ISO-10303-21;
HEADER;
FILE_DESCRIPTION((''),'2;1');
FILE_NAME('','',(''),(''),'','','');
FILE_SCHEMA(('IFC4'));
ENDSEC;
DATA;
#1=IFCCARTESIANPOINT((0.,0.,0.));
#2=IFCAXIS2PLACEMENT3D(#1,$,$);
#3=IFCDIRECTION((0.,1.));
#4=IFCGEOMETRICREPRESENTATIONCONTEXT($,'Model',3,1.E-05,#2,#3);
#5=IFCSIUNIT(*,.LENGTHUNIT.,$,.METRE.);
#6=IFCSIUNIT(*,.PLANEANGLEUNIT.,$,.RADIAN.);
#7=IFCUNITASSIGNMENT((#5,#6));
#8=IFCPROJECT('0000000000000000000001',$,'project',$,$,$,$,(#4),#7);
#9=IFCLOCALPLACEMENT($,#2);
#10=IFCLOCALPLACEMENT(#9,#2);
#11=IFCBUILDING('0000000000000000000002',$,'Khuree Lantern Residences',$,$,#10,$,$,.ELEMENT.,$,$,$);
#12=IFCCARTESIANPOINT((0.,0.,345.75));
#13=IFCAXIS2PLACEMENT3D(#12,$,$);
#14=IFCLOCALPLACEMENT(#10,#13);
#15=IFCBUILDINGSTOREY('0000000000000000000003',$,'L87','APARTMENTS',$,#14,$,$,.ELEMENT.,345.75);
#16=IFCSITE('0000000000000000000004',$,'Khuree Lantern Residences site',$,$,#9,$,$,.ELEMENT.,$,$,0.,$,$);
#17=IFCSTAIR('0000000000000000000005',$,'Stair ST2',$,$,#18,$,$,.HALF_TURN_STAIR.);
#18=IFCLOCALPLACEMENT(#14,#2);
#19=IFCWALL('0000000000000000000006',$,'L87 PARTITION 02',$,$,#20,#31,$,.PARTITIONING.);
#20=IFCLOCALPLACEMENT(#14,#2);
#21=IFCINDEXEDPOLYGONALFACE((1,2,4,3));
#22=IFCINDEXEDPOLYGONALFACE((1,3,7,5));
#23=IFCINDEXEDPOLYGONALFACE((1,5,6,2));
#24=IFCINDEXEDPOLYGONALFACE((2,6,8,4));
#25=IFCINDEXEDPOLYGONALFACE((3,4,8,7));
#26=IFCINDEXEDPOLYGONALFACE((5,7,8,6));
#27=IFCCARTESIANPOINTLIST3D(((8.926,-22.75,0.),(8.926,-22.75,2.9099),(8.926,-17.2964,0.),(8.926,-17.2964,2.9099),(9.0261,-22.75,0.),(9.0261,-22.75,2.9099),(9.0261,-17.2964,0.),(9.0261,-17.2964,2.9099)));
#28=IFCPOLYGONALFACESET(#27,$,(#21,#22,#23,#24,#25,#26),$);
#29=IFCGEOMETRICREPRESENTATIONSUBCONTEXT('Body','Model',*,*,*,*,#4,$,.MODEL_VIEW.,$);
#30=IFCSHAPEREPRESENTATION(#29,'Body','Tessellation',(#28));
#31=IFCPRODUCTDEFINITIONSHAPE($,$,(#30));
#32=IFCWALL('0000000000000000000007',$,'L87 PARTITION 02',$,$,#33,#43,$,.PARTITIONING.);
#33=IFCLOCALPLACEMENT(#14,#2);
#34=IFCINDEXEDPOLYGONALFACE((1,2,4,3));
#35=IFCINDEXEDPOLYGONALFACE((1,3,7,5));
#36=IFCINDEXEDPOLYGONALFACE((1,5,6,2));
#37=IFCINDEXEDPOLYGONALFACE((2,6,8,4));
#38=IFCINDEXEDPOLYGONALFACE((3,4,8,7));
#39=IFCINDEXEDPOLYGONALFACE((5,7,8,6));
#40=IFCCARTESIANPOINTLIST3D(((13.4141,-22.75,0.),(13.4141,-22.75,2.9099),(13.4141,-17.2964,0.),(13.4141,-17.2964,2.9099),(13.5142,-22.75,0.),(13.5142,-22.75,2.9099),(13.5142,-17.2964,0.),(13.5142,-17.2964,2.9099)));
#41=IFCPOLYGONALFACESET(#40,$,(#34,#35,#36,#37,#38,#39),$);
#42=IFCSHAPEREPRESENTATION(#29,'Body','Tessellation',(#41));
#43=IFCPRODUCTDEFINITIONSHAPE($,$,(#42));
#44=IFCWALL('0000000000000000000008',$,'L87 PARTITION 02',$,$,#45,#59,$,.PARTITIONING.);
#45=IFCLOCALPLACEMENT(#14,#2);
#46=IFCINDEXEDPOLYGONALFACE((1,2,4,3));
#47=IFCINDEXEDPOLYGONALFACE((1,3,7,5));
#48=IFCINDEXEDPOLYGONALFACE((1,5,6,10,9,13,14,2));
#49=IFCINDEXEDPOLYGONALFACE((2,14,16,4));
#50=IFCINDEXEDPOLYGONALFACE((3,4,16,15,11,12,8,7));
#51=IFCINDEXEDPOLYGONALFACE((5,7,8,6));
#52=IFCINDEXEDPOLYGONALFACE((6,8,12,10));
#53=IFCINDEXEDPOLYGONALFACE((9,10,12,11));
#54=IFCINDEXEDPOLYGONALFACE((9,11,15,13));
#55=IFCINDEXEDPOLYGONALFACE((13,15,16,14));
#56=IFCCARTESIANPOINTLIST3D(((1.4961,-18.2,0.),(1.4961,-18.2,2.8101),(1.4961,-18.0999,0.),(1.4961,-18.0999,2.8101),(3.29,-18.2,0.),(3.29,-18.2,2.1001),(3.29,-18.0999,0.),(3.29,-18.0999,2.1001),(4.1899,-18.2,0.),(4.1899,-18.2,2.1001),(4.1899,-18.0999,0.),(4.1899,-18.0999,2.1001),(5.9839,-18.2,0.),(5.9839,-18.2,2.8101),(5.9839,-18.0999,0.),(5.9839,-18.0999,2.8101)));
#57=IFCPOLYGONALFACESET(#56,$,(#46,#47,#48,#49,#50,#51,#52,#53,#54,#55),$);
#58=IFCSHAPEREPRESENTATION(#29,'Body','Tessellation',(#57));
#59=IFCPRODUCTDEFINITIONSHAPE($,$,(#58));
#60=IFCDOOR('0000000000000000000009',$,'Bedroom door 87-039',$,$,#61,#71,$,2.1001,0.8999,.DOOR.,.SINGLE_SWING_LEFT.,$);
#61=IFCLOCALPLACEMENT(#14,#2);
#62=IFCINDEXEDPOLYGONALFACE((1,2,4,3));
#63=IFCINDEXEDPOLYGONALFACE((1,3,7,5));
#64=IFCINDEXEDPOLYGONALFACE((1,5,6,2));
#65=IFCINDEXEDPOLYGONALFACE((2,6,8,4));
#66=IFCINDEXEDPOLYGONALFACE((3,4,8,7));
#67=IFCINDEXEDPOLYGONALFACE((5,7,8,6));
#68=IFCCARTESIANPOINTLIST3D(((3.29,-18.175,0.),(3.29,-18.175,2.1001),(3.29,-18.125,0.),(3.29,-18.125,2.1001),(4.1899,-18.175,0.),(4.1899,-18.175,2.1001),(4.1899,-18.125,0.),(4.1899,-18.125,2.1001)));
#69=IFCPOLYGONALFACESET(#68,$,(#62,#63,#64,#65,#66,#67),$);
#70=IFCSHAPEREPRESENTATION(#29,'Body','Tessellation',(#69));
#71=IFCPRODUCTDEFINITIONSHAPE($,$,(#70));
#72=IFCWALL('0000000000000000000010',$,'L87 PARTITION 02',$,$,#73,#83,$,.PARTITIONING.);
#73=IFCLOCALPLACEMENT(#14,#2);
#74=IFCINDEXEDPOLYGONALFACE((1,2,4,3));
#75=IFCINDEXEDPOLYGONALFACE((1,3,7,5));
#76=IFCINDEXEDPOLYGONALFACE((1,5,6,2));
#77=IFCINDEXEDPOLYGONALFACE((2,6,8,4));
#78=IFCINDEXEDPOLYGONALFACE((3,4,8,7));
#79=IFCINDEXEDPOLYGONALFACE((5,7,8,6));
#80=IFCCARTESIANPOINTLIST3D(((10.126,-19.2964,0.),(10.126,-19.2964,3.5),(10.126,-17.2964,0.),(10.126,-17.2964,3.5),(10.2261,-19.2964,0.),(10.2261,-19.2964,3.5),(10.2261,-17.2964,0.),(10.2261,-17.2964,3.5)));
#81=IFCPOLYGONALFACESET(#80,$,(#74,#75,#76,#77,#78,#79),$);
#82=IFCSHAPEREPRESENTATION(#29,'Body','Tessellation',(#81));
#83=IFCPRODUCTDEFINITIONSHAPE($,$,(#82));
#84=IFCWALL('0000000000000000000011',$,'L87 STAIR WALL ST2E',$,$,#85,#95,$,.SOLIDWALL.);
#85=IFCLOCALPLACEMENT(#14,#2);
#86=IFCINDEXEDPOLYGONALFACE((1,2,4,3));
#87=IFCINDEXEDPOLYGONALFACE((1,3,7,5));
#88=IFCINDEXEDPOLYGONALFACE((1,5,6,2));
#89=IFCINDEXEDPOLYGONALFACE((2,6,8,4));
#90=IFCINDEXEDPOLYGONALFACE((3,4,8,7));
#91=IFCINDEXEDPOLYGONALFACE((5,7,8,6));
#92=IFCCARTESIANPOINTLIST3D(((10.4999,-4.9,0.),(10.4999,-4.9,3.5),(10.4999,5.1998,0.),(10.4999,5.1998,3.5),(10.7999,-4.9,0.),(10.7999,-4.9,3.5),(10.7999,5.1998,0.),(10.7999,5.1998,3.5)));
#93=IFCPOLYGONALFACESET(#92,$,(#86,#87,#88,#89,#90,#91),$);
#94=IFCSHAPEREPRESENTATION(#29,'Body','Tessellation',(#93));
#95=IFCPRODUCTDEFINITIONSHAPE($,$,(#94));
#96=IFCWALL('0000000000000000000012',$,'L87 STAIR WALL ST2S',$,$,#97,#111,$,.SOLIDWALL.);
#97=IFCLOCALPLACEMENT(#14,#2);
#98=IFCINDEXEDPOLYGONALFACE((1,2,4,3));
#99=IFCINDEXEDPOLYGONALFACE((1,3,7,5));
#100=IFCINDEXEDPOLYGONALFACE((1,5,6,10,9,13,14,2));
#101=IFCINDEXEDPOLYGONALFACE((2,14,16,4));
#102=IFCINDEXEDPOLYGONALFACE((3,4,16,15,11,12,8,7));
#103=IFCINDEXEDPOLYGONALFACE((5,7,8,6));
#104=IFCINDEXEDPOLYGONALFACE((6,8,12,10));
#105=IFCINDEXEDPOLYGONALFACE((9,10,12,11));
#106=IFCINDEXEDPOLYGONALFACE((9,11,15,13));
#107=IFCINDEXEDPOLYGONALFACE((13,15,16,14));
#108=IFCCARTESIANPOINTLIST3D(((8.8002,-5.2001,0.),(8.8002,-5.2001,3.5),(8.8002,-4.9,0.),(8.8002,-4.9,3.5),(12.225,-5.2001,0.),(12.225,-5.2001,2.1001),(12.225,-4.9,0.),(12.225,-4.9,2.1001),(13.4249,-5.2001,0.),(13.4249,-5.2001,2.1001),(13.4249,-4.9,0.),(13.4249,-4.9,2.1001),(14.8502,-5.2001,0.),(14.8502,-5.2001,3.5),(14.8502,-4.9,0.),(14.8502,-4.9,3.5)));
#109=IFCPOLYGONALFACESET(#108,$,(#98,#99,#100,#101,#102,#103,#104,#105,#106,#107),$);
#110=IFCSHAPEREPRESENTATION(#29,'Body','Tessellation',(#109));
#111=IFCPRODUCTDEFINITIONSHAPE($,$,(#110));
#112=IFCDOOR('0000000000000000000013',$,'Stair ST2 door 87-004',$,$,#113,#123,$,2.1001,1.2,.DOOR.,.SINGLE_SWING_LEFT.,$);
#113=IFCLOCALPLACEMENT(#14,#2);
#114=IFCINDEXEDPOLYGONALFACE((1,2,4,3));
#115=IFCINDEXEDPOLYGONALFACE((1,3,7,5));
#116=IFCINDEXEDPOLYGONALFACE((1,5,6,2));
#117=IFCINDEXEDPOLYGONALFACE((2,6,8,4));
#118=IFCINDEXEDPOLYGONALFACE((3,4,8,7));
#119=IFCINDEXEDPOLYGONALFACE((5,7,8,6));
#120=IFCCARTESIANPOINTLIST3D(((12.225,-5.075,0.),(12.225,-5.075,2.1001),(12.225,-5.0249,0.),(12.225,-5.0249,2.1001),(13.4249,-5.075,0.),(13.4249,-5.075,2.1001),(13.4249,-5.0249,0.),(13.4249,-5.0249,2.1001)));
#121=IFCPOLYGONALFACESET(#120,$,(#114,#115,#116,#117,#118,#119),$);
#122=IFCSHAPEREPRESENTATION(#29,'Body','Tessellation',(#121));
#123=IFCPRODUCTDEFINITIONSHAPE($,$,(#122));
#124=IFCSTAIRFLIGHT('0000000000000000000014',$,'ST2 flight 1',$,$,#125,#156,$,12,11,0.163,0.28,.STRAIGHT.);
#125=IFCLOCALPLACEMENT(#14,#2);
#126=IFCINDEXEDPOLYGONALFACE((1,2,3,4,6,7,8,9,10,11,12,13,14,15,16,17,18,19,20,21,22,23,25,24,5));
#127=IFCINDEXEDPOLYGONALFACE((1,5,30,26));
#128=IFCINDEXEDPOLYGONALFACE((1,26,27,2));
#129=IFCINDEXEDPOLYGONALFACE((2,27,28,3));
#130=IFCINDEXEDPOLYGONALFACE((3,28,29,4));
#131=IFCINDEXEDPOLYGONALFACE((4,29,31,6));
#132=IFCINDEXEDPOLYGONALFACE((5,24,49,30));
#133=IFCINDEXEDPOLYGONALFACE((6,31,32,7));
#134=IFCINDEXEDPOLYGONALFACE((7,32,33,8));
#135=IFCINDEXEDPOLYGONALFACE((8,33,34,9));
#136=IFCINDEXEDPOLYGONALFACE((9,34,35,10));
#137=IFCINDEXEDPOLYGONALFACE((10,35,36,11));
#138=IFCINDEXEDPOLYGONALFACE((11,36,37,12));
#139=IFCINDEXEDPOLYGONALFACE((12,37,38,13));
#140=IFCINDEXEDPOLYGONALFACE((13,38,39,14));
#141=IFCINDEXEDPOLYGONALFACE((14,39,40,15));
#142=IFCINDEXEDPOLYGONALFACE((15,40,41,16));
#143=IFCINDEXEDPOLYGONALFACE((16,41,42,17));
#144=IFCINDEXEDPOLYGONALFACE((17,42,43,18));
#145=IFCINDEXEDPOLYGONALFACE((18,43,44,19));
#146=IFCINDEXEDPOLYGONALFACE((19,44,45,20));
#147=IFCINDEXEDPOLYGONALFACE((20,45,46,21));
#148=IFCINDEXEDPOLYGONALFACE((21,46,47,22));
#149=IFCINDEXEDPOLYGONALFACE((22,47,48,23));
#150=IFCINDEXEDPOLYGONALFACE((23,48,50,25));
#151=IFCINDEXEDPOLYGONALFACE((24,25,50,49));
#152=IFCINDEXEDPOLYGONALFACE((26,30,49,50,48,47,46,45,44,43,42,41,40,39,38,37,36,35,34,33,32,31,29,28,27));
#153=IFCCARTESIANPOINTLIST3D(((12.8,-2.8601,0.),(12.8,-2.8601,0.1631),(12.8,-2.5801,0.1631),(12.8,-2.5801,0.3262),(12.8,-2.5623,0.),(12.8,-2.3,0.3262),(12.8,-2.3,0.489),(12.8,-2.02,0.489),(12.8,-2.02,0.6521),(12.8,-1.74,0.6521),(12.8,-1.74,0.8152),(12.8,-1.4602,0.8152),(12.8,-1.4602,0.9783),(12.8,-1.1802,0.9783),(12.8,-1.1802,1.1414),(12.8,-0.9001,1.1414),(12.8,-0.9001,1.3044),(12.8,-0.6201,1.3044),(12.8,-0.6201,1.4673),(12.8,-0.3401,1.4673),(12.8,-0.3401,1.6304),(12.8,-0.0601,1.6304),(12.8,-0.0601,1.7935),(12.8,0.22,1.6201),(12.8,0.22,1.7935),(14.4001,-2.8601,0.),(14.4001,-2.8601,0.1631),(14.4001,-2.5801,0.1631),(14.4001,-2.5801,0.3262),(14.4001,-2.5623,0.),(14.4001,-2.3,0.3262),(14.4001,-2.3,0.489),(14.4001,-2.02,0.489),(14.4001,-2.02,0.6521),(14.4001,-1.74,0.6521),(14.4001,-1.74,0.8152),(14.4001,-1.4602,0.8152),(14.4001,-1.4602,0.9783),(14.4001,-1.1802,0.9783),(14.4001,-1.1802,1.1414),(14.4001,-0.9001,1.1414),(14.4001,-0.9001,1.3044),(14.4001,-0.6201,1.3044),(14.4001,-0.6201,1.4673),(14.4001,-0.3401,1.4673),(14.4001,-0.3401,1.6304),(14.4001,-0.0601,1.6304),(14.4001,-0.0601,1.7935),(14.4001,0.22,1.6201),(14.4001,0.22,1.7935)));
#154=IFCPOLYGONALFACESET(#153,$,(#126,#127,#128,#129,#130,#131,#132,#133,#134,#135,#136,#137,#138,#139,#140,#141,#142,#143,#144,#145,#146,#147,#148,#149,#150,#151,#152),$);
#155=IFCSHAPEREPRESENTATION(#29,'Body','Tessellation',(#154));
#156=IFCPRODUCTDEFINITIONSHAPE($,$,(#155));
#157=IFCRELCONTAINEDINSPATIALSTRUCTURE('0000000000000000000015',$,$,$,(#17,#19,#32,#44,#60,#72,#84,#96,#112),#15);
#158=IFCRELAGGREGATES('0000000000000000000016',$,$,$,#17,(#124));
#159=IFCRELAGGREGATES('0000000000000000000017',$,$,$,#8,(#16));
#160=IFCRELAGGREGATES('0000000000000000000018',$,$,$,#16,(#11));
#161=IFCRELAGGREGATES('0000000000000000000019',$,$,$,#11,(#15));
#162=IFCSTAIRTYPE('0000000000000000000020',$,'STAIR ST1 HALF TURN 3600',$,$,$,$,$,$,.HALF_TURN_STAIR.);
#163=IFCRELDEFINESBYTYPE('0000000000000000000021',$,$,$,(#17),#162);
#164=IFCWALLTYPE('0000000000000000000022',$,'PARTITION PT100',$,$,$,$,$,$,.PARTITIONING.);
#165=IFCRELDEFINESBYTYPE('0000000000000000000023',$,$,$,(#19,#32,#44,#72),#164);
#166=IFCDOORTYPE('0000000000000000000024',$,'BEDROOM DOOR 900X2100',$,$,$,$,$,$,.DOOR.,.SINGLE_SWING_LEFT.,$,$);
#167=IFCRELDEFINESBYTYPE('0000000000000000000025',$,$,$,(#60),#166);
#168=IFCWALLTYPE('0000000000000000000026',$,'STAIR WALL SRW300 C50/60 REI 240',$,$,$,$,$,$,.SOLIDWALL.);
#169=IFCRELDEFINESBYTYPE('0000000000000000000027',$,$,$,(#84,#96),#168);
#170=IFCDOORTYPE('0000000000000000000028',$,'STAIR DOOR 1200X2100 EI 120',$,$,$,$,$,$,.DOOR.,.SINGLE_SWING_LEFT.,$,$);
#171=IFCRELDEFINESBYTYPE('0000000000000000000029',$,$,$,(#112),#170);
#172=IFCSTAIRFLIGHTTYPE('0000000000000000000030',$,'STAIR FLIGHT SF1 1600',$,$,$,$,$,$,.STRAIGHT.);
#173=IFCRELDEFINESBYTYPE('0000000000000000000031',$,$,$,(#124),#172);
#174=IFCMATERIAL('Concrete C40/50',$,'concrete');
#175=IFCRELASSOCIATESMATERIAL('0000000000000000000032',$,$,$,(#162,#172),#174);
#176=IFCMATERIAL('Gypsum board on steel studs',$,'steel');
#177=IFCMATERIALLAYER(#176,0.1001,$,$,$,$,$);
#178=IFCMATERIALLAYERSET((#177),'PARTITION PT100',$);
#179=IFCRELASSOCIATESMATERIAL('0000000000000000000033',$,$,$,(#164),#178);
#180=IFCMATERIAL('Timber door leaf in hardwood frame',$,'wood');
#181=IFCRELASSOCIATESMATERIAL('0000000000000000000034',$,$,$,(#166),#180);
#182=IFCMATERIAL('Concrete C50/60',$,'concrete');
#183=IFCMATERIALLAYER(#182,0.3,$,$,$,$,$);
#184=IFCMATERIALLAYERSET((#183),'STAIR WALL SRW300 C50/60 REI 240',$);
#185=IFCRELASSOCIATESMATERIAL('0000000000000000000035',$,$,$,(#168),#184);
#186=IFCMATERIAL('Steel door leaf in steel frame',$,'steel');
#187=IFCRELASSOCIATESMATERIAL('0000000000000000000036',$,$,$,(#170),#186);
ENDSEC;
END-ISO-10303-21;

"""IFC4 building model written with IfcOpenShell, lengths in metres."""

from ifc_helpers import new_model, si_unit, direction, frame, frame_2d, origin, place, context, subcontext, project, spatial, polyline, rectangle, outline, extrude, material, layer, layer_set, type_object, element, fill, aggregate, save


model = new_model("IFC4")

# Units and contexts
model_context = context("Model", 3, precision=1e-05, world=origin(), true_north=direction((0.0, 1.0)))
body_context = subcontext(model_context, "Body", "Model", "MODEL_VIEW")
ifc_project = project(units=[si_unit("LENGTHUNIT", "METRE"), si_unit("PLANEANGLEUNIT", "RADIAN")], contexts=[model_context])

# Site, building, storey
site_placement = place(None, origin())
site = spatial("IfcSite", under=ifc_project, at=site_placement, Name="Khuree Lantern Residences site", CompositionType="ELEMENT", RefElevation=0.0)
building_placement = place(site_placement, origin())
building = spatial("IfcBuilding", under=site, at=building_placement, Name="Khuree Lantern Residences", CompositionType="ELEMENT")
storey_placement = place(building_placement, frame((0.0, 0.0, 345.75)))
storey = spatial("IfcBuildingStorey", under=building, at=storey_placement, Name="L87", Description="APARTMENTS", CompositionType="ELEMENT", Elevation=345.75)

# Shared definitions
ifc_material_1 = material(Name="Concrete C40/50", Category="concrete")
stair_type = type_object("IfcStairType", Name="STAIR ST1 HALF TURN 3600", PredefinedType="HALF_TURN_STAIR", material=ifc_material_1)

# Stair
stair_1_placement = place(storey_placement, origin())
stair_1 = element("IfcStair", 1, at=stair_1_placement, inside=storey, type_object=stair_type, Name="Stair ST2", PredefinedType="HALF_TURN_STAIR")

# Shared definitions
ifc_material_2 = material(Name="Timber door leaf in hardwood frame", Category="wood")

# Walls
ifc_material_3 = material(Name="Gypsum board on steel studs", Category="steel")
ifc_layer_1 = layer(ifc_material_3, 0.1001)
ifc_layer_set_1 = layer_set([ifc_layer_1], Name="PARTITION PT100")
wall_type_1 = type_object("IfcWallType", Name="PARTITION PT100", PredefinedType="PARTITIONING", material=ifc_layer_set_1)
for number, where, z_axis, x_axis, name in (
    (2, (8.9761, -17.2964, 0.0), (0.0, 0.0, 1.0), (0.0, -1.0, 0.0), "L87 PARTITION 02"),
    (3, (13.4641, -17.2964, 0.0), (0.0, 0.0, 1.0), (0.0, -1.0, 0.0), "L87 PARTITION 02"),
):
    element("IfcWall", number, at=place(storey_placement, frame(where, z_axis=z_axis, x_axis=x_axis)), inside=storey, type_object=wall_type_1, Name=name, PredefinedType="PARTITIONING", context=body_context, shape_type="SweptSolid", body=[
        extrude(rectangle(XDim=5.4536, YDim=0.1001, at=frame_2d((2.7268, 0.0))), origin(), (0.0, 0.0, 1.0), 2.9099),
    ])

# Wall, opening, door
wall_1_placement = place(storey_placement, frame((1.4961, -18.1499, 0.0), z_axis=(0.0, 0.0, 1.0), x_axis=(1.0, 0.0, 0.0)))
wall_1 = element("IfcWall", 4, at=wall_1_placement, inside=storey, type_object=wall_type_1, Name="L87 PARTITION 02", PredefinedType="PARTITIONING", context=body_context, shape_type="SweptSolid", body=[
    extrude(rectangle(XDim=4.4878, YDim=0.1001, at=frame_2d((2.2439, 0.0))), origin(), (0.0, 0.0, 1.0), 2.8101),
])
opening_1_placement = place(wall_1_placement, frame((1.7939, 0.0, 0.0)))
opening_1 = element("IfcOpeningElement", 5, at=opening_1_placement, cuts=wall_1, PredefinedType="OPENING", context=body_context, shape_type="SweptSolid", body=[
    extrude(rectangle(XDim=0.8999, YDim=2.1001, at=frame_2d((0.45, 1.05))), frame((0.0, 0.0601, 0.0), z_axis=(0.0, -1.0, 0.0), x_axis=(1.0, 0.0, 0.0)), (0.0, 0.0, 1.0), 0.1201),
])
door_type_1 = type_object("IfcDoorType", Name="BEDROOM DOOR 900X2100", OperationType="SINGLE_SWING_LEFT", PredefinedType="DOOR", material=ifc_material_2)
door_1_placement = place(opening_1_placement, origin())
door_1 = element("IfcDoor", 6, at=door_1_placement, inside=storey, type_object=door_type_1, Name="Bedroom door 87-039", OperationType="SINGLE_SWING_LEFT", OverallHeight=2.1001, OverallWidth=0.8999, PredefinedType="DOOR", context=body_context, shape_type="SweptSolid", body=[
    extrude(rectangle(XDim=0.8999, YDim=2.1001, at=frame_2d((0.45, 1.05))), frame((0.0, 0.0249, 0.0), z_axis=(0.0, -1.0, 0.0), x_axis=(1.0, 0.0, 0.0)), (0.0, 0.0, 1.0), 0.05),
])
fill(opening_1, door_1)

# Walls
wall_2_placement = place(storey_placement, frame((10.176, -17.2964, 0.0), z_axis=(0.0, 0.0, 1.0), x_axis=(0.0, -1.0, 0.0)))
element("IfcWall", 7, at=wall_2_placement, inside=storey, type_object=wall_type_1, Name="L87 PARTITION 02", PredefinedType="PARTITIONING", context=body_context, shape_type="SweptSolid", body=[
    extrude(rectangle(XDim=2.0, YDim=0.1001, at=frame_2d((1.0, 0.0))), origin(), (0.0, 0.0, 1.0), 3.5),
])
ifc_material_4 = material(Name="Concrete C50/60", Category="concrete")
ifc_layer_2 = layer(ifc_material_4, 0.3)
ifc_layer_set_2 = layer_set([ifc_layer_2], Name="STAIR WALL SRW300 C50/60 REI 240")
wall_type_2 = type_object("IfcWallType", Name="STAIR WALL SRW300 C50/60 REI 240", PredefinedType="SOLIDWALL", material=ifc_layer_set_2)
wall_3_placement = place(storey_placement, frame((10.6499, -4.8999, 0.0), z_axis=(0.0, 0.0, 1.0), x_axis=(0.0, 1.0, 0.0)))
element("IfcWall", 8, at=wall_3_placement, inside=storey, type_object=wall_type_2, Name="L87 STAIR WALL ST2E", PredefinedType="SOLIDWALL", context=body_context, shape_type="SweptSolid", body=[
    extrude(rectangle(XDim=10.0999, YDim=0.3, at=frame_2d((5.0498, 0.0))), origin(), (0.0, 0.0, 1.0), 3.5),
])

# Wall, opening, door
wall_4_placement = place(storey_placement, frame((14.8501, -5.05, 0.0), z_axis=(0.0, 0.0, 1.0), x_axis=(-1.0, 0.0, 0.0)))
wall_4 = element("IfcWall", 9, at=wall_4_placement, inside=storey, type_object=wall_type_2, Name="L87 STAIR WALL ST2S", PredefinedType="SOLIDWALL", context=body_context, shape_type="SweptSolid", body=[
    extrude(rectangle(XDim=6.05, YDim=0.3, at=frame_2d((3.0249, 0.0))), origin(), (0.0, 0.0, 1.0), 3.5),
])
opening_2_placement = place(wall_4_placement, frame((1.425, 0.0, 0.0)))
opening_2 = element("IfcOpeningElement", 10, at=opening_2_placement, cuts=wall_4, PredefinedType="OPENING", context=body_context, shape_type="SweptSolid", body=[
    extrude(rectangle(XDim=1.2, YDim=2.1001, at=frame_2d((0.6001, 1.05))), frame((0.0, 0.1602, 0.0), z_axis=(0.0, -1.0, 0.0), x_axis=(1.0, 0.0, 0.0)), (0.0, 0.0, 1.0), 0.3201),
])
ifc_material_5 = material(Name="Steel door leaf in steel frame", Category="steel")
door_type_2 = type_object("IfcDoorType", Name="STAIR DOOR 1200X2100 EI 120", OperationType="SINGLE_SWING_LEFT", PredefinedType="DOOR", material=ifc_material_5)
door_2_placement = place(opening_2_placement, origin())
door_2 = element("IfcDoor", 11, at=door_2_placement, inside=storey, type_object=door_type_2, Name="Stair ST2 door 87-004", OperationType="SINGLE_SWING_LEFT", OverallHeight=2.1001, OverallWidth=1.2, PredefinedType="DOOR", context=body_context, shape_type="SweptSolid", body=[
    extrude(rectangle(XDim=1.2, YDim=2.1001, at=frame_2d((0.6001, 1.05))), frame((0.0, 0.0249, 0.0), z_axis=(0.0, -1.0, 0.0), x_axis=(1.0, 0.0, 0.0)), (0.0, 0.0, 1.0), 0.05),
])
fill(opening_2, door_2)

# Stair flight
stair_flight_type = type_object("IfcStairFlightType", Name="STAIR FLIGHT SF1 1600", PredefinedType="STRAIGHT", material=ifc_material_1)
stair_flight_1_placement = place(storey_placement, frame((13.6001, -2.8601, 0.0), z_axis=(0.0, 0.0, 1.0), x_axis=(0.0, 1.0, 0.0)))
stair_flight_1 = element("IfcStairFlight", 12, at=stair_flight_1_placement, type_object=stair_flight_type, Name="ST2 flight 1", NumberOfRisers=12, NumberOfTreads=11, PredefinedType="STRAIGHT", RiserHeight=0.163, TreadLength=0.28, context=body_context, shape_type="SweptSolid", body=[
    extrude(outline(polyline([(0.0, 0.0), (0.0, 0.1631), (0.28, 0.1631), (0.28, 0.3262), (0.5601, 0.3262), (0.5601, 0.489), (0.8401, 0.489), (0.8401, 0.6521), (1.1201, 0.6521), (1.1201, 0.8152), (1.3999, 0.8152), (1.3999, 0.9783), (1.6799, 0.9783), (1.6799, 1.1414), (1.96, 1.1414), (1.96, 1.3044), (2.24, 1.3044), (2.24, 1.4673), (2.52, 1.4673), (2.52, 1.6304), (2.8, 1.6304), (2.8, 1.7935), (3.0801, 1.7935), (3.0801, 1.9565), (3.0801, 1.6201), (0.2979, 0.0), (0.0, 0.0)])), frame((0.0, 0.8, 0.0), z_axis=(0.0, -1.0, 0.0), x_axis=(1.0, 0.0, 0.0)), (0.0, 0.0, 1.0), 1.6001),
])
aggregate(stair_1, [stair_flight_1])

save(model, "model.ifc")
